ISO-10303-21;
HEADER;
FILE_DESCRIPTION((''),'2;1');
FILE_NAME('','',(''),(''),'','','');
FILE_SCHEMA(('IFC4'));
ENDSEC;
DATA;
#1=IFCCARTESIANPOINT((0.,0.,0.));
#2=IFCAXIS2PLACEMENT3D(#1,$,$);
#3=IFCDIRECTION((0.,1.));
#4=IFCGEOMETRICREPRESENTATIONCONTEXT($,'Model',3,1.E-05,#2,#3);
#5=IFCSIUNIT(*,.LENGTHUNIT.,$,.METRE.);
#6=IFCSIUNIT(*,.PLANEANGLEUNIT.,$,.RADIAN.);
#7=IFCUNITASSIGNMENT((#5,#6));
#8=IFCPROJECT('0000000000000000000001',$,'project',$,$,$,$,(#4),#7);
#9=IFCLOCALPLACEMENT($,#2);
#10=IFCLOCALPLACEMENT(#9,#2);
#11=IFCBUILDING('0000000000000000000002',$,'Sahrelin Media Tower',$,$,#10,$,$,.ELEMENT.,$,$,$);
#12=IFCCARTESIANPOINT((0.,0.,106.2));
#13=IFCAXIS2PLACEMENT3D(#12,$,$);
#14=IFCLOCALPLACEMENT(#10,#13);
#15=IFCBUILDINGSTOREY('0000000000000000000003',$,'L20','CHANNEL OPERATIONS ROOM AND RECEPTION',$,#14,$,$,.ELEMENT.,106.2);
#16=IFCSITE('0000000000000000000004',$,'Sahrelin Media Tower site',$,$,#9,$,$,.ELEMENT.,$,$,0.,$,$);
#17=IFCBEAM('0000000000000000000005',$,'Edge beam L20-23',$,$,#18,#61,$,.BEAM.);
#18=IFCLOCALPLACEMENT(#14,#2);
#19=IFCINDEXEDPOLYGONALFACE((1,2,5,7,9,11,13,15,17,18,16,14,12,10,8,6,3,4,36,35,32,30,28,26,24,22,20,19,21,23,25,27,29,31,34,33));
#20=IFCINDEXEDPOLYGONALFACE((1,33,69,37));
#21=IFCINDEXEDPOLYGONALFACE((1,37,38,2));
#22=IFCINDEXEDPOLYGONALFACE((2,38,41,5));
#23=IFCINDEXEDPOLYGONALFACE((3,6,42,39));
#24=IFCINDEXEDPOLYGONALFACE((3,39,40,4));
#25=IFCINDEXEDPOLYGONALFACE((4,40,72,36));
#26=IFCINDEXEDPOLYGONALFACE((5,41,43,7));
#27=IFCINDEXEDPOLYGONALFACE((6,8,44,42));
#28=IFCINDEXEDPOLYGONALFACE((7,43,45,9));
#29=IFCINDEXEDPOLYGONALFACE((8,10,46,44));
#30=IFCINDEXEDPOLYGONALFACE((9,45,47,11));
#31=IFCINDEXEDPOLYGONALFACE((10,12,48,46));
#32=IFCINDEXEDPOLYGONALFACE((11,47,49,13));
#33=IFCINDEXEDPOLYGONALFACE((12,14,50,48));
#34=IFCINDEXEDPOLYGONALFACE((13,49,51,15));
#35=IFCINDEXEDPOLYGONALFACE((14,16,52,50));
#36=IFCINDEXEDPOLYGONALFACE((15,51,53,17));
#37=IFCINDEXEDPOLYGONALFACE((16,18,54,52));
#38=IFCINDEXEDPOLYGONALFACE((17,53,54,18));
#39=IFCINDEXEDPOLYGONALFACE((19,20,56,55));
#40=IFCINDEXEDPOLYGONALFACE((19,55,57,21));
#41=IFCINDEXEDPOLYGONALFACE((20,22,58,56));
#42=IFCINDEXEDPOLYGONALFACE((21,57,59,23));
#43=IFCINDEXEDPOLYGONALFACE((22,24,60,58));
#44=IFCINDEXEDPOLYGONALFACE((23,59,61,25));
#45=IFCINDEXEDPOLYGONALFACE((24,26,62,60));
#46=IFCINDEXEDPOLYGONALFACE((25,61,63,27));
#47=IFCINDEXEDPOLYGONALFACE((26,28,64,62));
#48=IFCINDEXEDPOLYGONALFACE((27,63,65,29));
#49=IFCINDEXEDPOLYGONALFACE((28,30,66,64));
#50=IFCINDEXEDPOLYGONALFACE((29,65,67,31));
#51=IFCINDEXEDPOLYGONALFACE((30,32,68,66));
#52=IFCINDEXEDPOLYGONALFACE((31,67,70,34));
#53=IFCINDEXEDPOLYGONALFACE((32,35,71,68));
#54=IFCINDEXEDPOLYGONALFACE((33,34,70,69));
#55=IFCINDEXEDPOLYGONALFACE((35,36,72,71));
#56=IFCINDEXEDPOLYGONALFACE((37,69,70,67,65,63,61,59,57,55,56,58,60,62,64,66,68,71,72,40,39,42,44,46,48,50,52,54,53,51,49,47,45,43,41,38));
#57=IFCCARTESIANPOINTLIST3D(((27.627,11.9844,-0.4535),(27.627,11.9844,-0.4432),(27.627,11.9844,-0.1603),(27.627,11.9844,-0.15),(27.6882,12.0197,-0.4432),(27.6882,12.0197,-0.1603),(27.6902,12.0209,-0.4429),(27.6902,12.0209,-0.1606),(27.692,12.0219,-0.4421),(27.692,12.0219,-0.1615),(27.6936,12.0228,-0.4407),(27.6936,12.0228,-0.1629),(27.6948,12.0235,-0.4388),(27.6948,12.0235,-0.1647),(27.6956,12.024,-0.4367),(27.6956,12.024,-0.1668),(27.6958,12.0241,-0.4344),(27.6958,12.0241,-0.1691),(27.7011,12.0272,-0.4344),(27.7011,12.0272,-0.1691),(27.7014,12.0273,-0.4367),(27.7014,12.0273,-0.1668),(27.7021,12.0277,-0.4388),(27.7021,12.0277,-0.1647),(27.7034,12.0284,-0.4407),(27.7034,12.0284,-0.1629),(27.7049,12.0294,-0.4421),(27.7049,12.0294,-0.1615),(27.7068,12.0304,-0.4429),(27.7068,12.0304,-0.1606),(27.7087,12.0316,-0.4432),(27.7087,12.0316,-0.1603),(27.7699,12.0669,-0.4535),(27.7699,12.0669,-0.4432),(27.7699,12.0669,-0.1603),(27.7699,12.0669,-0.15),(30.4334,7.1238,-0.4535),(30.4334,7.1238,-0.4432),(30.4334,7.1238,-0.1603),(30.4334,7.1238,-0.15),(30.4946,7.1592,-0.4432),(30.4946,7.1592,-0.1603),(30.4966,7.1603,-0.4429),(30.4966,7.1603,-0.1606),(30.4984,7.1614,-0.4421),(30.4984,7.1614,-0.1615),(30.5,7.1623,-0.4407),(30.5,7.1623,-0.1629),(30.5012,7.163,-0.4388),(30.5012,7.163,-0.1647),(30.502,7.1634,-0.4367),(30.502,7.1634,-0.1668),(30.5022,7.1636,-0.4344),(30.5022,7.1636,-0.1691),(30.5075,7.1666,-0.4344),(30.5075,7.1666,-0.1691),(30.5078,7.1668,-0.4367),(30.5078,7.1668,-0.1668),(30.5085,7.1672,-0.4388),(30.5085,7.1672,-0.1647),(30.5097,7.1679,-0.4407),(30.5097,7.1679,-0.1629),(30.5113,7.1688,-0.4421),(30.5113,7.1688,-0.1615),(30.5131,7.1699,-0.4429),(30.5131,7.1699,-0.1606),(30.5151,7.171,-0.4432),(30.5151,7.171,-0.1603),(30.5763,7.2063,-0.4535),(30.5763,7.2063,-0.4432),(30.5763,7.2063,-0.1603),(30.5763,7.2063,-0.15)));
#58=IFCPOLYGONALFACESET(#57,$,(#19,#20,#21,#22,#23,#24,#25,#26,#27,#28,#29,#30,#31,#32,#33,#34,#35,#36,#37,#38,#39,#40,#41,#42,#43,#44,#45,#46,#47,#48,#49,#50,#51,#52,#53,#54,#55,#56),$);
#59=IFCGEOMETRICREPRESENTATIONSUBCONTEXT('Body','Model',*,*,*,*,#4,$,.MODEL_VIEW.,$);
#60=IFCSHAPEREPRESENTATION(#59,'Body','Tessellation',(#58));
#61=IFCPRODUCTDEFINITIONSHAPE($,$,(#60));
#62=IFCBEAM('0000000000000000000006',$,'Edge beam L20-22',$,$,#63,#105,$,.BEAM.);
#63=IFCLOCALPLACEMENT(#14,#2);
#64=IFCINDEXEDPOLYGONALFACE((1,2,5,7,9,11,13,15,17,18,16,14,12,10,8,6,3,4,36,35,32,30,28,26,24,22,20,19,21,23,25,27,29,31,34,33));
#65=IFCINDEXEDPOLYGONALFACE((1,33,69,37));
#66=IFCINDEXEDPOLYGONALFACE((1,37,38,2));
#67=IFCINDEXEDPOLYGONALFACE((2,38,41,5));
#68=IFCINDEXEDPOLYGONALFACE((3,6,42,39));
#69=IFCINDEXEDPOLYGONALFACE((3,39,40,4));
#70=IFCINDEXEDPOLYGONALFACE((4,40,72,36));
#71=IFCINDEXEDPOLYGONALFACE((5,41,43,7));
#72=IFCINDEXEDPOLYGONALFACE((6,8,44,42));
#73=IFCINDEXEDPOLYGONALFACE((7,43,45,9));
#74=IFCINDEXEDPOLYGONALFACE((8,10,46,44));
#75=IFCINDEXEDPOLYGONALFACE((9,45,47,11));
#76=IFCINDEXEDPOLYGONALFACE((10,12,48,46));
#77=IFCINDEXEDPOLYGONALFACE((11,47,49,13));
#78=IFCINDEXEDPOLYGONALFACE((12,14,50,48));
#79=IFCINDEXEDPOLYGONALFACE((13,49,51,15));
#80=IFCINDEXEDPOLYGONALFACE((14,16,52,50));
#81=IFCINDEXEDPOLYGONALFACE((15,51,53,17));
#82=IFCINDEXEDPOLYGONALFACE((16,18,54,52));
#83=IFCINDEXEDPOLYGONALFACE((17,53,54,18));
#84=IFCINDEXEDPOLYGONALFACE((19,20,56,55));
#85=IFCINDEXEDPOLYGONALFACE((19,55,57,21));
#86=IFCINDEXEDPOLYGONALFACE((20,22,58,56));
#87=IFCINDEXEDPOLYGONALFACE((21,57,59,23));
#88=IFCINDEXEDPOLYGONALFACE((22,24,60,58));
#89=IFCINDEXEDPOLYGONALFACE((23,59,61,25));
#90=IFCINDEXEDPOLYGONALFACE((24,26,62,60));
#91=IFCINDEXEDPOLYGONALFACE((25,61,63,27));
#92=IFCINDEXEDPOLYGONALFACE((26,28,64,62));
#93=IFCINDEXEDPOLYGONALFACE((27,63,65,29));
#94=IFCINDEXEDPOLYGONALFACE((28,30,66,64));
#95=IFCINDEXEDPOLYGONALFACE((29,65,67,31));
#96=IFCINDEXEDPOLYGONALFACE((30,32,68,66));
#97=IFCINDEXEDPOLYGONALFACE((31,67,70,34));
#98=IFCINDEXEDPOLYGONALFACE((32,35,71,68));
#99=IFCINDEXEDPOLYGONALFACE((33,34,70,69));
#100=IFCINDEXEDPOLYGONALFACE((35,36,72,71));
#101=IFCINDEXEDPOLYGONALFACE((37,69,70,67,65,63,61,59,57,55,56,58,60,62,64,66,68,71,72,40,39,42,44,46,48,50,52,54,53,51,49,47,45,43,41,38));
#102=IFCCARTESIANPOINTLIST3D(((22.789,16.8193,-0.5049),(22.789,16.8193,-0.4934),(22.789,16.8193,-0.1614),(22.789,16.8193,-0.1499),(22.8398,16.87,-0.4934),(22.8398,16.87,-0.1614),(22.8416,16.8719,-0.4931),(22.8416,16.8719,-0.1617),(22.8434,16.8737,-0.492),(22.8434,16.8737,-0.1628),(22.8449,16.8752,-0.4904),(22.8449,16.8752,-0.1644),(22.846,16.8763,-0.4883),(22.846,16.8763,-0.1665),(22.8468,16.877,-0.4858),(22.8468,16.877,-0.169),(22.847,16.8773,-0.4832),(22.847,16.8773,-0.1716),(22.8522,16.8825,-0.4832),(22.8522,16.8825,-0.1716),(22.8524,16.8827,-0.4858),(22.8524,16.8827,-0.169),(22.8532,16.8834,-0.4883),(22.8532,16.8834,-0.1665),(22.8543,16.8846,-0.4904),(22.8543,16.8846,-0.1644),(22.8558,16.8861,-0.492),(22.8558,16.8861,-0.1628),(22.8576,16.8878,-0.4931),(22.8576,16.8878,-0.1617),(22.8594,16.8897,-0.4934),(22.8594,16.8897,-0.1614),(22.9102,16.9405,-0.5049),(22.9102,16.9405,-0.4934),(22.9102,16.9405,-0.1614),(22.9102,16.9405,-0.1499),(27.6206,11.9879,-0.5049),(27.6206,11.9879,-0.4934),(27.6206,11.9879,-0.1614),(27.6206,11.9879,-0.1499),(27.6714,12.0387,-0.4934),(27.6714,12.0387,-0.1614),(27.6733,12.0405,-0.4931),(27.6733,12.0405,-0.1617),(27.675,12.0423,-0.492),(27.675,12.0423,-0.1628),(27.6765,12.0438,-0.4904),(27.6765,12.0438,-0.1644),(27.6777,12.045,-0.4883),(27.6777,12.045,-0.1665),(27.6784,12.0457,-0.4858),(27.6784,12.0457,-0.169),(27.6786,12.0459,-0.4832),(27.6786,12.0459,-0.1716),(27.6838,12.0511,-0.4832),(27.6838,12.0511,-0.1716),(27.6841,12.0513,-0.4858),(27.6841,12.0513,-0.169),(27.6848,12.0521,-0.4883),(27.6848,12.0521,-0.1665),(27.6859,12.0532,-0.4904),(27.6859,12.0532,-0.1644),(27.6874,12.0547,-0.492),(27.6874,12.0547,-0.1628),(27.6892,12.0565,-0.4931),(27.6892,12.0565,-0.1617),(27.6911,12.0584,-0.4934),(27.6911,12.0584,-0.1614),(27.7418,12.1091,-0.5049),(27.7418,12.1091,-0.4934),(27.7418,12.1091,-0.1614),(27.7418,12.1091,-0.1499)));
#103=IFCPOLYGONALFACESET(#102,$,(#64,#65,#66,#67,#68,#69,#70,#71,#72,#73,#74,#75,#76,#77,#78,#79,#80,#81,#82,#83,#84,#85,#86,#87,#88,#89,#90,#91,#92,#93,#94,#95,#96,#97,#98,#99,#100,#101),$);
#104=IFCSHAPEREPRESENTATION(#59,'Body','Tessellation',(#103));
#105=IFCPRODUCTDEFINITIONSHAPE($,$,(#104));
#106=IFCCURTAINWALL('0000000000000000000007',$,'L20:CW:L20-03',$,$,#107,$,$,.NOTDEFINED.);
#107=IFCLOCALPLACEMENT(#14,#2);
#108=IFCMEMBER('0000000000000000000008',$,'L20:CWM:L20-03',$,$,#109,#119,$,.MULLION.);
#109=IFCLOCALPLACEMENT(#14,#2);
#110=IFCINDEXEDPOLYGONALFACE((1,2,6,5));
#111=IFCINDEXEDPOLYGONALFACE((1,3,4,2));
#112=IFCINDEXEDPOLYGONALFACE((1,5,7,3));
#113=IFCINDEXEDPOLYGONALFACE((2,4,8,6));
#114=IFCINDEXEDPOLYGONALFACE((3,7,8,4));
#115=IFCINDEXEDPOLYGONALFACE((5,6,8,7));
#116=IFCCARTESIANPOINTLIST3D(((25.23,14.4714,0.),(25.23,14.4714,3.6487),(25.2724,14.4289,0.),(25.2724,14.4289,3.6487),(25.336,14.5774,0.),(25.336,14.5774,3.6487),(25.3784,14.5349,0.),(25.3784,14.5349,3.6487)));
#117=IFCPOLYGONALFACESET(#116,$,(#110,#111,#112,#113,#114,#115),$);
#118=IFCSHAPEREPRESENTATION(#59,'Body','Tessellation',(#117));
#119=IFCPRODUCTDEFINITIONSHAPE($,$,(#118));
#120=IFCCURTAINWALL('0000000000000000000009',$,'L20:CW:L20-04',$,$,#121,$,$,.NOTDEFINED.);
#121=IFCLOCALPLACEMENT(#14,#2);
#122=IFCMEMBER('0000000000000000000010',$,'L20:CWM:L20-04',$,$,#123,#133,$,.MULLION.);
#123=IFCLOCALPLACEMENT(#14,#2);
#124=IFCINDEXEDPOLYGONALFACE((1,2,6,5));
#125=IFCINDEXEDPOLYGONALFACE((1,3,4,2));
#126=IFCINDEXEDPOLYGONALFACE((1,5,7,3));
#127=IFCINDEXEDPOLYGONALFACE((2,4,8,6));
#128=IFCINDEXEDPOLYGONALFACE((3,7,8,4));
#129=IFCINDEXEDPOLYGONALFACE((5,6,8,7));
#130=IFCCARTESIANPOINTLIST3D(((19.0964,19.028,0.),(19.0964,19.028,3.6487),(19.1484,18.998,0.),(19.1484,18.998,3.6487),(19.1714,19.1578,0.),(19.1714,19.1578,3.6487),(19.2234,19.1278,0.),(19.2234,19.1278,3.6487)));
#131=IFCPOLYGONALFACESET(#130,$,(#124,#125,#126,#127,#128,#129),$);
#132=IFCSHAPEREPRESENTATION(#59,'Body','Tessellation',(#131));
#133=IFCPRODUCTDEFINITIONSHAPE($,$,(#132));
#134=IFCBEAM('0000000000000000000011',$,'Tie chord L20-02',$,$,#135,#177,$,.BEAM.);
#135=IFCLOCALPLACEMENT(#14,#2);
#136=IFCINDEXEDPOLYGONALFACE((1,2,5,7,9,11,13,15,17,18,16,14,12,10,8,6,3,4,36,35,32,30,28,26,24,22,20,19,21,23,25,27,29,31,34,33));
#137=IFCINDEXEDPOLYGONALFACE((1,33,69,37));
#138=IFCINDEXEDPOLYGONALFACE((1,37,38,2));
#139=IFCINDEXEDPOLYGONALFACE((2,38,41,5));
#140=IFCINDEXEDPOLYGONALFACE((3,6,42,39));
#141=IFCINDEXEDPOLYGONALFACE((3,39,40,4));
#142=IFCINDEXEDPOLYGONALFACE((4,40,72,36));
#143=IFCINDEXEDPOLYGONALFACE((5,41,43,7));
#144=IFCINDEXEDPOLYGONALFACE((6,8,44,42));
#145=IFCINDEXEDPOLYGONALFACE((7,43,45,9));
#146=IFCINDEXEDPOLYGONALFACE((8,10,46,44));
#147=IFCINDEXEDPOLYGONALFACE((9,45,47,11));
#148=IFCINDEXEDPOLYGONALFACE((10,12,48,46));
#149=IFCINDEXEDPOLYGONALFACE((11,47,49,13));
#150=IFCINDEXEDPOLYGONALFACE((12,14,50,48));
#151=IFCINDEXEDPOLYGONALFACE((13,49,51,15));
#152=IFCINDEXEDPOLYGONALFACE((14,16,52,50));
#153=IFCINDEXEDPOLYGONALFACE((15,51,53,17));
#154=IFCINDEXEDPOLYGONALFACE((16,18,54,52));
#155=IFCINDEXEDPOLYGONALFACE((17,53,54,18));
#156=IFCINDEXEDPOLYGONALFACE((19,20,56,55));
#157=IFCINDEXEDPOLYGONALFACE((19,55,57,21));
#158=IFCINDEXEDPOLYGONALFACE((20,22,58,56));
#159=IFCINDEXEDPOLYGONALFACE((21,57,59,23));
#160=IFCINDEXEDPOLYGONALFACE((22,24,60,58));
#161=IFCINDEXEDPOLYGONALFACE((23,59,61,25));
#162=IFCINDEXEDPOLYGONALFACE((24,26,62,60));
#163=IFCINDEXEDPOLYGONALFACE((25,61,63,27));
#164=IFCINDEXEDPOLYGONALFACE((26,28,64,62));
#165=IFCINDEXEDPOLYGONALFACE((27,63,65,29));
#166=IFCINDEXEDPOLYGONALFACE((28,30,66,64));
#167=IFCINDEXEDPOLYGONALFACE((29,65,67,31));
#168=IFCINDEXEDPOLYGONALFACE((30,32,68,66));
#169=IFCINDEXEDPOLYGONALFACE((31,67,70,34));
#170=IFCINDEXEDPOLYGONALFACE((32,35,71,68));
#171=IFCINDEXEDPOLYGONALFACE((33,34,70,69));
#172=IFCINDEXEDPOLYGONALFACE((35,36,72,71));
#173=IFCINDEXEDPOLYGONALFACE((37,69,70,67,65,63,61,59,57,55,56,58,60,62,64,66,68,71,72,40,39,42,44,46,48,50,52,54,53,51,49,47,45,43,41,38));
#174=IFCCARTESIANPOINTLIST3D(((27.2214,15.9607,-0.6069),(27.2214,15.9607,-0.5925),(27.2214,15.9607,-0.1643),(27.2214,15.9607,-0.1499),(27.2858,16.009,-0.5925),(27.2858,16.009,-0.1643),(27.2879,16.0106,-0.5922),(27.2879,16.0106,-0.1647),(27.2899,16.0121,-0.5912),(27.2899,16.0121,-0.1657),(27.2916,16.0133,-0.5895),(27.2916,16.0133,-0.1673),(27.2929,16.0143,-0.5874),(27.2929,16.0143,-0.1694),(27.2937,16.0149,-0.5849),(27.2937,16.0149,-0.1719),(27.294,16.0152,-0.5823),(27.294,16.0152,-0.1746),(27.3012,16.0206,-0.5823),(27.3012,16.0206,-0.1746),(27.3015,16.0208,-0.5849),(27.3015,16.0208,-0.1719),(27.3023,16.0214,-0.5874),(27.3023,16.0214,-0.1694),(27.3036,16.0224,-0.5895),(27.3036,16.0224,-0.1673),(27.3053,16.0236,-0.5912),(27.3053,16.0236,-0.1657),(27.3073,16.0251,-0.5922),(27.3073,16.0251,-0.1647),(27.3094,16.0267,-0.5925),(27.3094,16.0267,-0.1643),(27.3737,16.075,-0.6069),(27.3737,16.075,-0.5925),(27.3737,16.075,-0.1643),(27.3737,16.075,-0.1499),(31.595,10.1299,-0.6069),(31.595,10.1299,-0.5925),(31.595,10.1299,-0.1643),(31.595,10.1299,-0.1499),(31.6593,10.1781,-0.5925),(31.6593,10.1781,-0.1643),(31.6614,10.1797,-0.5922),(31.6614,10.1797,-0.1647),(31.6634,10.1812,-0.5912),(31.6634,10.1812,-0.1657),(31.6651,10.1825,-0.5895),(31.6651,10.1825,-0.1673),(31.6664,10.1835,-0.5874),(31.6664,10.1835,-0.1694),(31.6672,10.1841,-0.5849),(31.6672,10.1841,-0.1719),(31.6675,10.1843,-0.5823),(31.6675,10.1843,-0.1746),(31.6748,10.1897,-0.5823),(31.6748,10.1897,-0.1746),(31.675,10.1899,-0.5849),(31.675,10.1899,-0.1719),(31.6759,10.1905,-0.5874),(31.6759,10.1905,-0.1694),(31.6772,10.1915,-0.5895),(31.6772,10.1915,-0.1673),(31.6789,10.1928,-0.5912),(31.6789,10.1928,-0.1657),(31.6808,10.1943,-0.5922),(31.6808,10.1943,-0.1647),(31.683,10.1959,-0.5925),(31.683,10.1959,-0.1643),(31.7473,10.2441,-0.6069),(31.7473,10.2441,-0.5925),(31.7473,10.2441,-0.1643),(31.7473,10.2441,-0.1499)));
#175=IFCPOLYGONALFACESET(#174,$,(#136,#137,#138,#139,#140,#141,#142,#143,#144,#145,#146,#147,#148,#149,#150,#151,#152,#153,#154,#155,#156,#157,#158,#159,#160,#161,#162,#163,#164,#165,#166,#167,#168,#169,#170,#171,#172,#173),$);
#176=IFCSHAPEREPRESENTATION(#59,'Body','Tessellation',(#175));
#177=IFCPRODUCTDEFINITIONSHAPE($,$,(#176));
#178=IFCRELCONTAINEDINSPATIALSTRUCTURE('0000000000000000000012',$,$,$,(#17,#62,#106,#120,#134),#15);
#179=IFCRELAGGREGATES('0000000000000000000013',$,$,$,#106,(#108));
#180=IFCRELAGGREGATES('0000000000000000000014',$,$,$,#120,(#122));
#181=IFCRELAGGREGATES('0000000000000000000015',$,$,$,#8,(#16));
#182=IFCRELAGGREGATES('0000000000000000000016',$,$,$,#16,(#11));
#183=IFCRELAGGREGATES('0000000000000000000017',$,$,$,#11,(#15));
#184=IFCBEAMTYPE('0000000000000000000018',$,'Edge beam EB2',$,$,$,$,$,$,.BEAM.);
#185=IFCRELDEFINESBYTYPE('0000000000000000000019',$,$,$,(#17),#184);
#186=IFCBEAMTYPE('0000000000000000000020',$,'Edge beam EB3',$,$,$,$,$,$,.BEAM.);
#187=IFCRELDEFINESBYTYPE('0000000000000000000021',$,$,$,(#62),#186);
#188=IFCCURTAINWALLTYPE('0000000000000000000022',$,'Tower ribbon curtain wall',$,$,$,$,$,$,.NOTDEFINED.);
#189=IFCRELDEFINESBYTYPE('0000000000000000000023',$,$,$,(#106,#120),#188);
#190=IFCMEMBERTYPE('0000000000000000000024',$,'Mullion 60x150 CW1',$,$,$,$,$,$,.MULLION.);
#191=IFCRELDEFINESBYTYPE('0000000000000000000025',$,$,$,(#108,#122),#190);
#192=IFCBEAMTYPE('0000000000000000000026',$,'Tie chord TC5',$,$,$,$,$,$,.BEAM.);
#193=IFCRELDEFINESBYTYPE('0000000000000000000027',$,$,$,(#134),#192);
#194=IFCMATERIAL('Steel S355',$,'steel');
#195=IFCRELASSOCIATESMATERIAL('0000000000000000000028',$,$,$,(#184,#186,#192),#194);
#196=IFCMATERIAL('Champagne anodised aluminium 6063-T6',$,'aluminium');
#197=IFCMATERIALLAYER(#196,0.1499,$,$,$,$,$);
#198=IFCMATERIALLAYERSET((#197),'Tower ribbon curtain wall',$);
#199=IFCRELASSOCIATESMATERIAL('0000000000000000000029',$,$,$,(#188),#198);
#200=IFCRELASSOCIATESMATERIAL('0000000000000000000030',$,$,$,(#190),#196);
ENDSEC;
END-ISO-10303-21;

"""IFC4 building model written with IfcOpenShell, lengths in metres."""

from ifc_helpers import new_model, si_unit, direction, frame, origin, origin_2d, place, context, subcontext, project, spatial, rectangle, i_section, extrude, material, layer, layer_set, material_profile, profile_set, type_object, element, aggregate, save


model = new_model("IFC4")

# Units and contexts
model_context = context("Model", 3, precision=1e-05, world=origin(), true_north=direction((0.0, 1.0)))
body_context = subcontext(model_context, "Body", "Model", "MODEL_VIEW")
ifc_project = project(units=[si_unit("LENGTHUNIT", "METRE"), si_unit("PLANEANGLEUNIT", "RADIAN")], contexts=[model_context])

# Site, building, storey
site_placement = place(None, origin())
site = spatial("IfcSite", under=ifc_project, at=site_placement, Name="Sahrelin Media Tower site", CompositionType="ELEMENT", RefElevation=0.0)
building_placement = place(site_placement, origin())
building = spatial("IfcBuilding", under=site, at=building_placement, Name="Sahrelin Media Tower", CompositionType="ELEMENT")
storey_placement = place(building_placement, frame((0.0, 0.0, 106.2)))
storey = spatial("IfcBuildingStorey", under=building, at=storey_placement, Name="L20", Description="CHANNEL OPERATIONS ROOM AND RECEPTION", CompositionType="ELEMENT", Elevation=106.2)

# Beams
ifc_material_1 = material(Name="Steel S355", Category="steel")
ifc_material_profile_1 = material_profile(ifc_material_1, i_section(OverallWidth=0.165, OverallDepth=0.3035, WebThickness=0.0061, FlangeThickness=0.0103, FilletRadius=0.0088, at=origin_2d()), Name="UB 305x165x40")
ifc_profile_set_1 = profile_set([ifc_material_profile_1], Name="Steel S355")
beam_type_1 = type_object("IfcBeamType", Name="Edge beam EB2", PredefinedType="BEAM", material=ifc_profile_set_1)
beam_1_placement = place(storey_placement, frame((27.6985, 12.0256, -0.3018), z_axis=(0.500017, -0.866015, 0.0), x_axis=(0.866015, 0.500017, 0.0)))
element("IfcBeam", 1, at=beam_1_placement, inside=storey, type_object=beam_type_1, Name="Edge beam L20-23", PredefinedType="BEAM", context=body_context, shape_type="SweptSolid", body=[
    extrude(i_section(OverallWidth=0.165, OverallDepth=0.3035, WebThickness=0.0061, FlangeThickness=0.0103, FilletRadius=0.0088, at=origin_2d()), origin(), (0.0, 0.0, 1.0), 5.6125),
])
ifc_material_profile_2 = material_profile(ifc_material_1, i_section(OverallWidth=0.1714, OverallDepth=0.355, WebThickness=0.0073, FlangeThickness=0.0115, FilletRadius=0.0103, at=origin_2d()), Name="UB 356x171x51")
ifc_profile_set_2 = profile_set([ifc_material_profile_2], Name="Steel S355")
beam_type_2 = type_object("IfcBeamType", Name="Edge beam EB3", PredefinedType="BEAM", material=ifc_profile_set_2)
beam_2_placement = place(storey_placement, frame((22.8496, 16.8799, -0.3274), z_axis=(0.707125, -0.707089, 0.0), x_axis=(0.707089, 0.707125, 0.0)))
element("IfcBeam", 2, at=beam_2_placement, inside=storey, type_object=beam_type_2, Name="Edge beam L20-22", PredefinedType="BEAM", context=body_context, shape_type="SweptSolid", body=[
    extrude(i_section(OverallWidth=0.1714, OverallDepth=0.355, WebThickness=0.0073, FlangeThickness=0.0115, FilletRadius=0.0103, at=origin_2d()), origin(), (0.0, 0.0, 1.0), 6.8328),
])

# Curtain walls, members
ifc_material_2 = material(Name="Champagne anodised aluminium 6063-T6", Category="aluminium")
ifc_layer_1 = layer(ifc_material_2, 0.1499)
ifc_layer_set_1 = layer_set([ifc_layer_1], Name="Tower ribbon curtain wall")
curtain_wall_type = type_object("IfcCurtainWallType", Name="Tower ribbon curtain wall", PredefinedType="NOTDEFINED", material=ifc_layer_set_1)
curtain_wall_1_placement = place(storey_placement, frame((25.3713, 14.5703, 0.0), z_axis=(0.0, 0.0, 1.0), x_axis=(1.0, 0.0, 0.0)))
curtain_wall_1 = element("IfcCurtainWall", 3, at=curtain_wall_1_placement, inside=storey, type_object=curtain_wall_type, Name="L20:CW:L20-03", PredefinedType="NOTDEFINED")
ifc_material_profile_3 = material_profile(ifc_material_2, rectangle(XDim=0.0601, YDim=0.1499, at=origin_2d()), Name="Mullion 60x150")
ifc_profile_set_3 = profile_set([ifc_material_profile_3], Name="Champagne anodised aluminium 6063-T6")
member_type_1 = type_object("IfcMemberType", Name="Mullion 60x150 CW1", PredefinedType="MULLION", material=ifc_profile_set_3)
member_1_placement = place(storey_placement, frame((25.3042, 14.5032, 0.0), z_axis=(0.0, 0.0, 1.0), x_axis=(-0.707107, 0.707107, 0.0)))
member_1 = element("IfcMember", 4, at=member_1_placement, type_object=member_type_1, Name="L20:CWM:L20-03", PredefinedType="MULLION", context=body_context, shape_type="SweptSolid", body=[
    extrude(rectangle(XDim=0.0601, YDim=0.1499, at=origin_2d()), origin(), (0.0, 0.0, 1.0), 3.6487),
])
curtain_wall_2_placement = place(storey_placement, frame((19.2075, 19.1604, 0.0), z_axis=(0.0, 0.0, 1.0), x_axis=(1.0, 0.0, 0.0)))
curtain_wall_2 = element("IfcCurtainWall", 5, at=curtain_wall_2_placement, inside=storey, type_object=curtain_wall_type, Name="L20:CW:L20-04", PredefinedType="NOTDEFINED")
member_2_placement = place(storey_placement, frame((19.1599, 19.0779, 0.0), z_axis=(0.0, 0.0, 1.0), x_axis=(-0.866025, 0.500002, 0.0)))
member_2 = element("IfcMember", 6, at=member_2_placement, type_object=member_type_1, Name="L20:CWM:L20-04", PredefinedType="MULLION", context=body_context, shape_type="SweptSolid", body=[
    extrude(rectangle(XDim=0.0601, YDim=0.1499, at=origin_2d()), origin(), (0.0, 0.0, 1.0), 3.6487),
])

# Beam
ifc_material_profile_4 = material_profile(ifc_material_1, i_section(OverallWidth=0.1904, OverallDepth=0.457, WebThickness=0.009, FlangeThickness=0.0144, FilletRadius=0.0103, at=origin_2d()), Name="UB 457x191x74")
ifc_profile_set_4 = profile_set([ifc_material_profile_4], Name="Steel S355")
beam_type_3 = type_object("IfcBeamType", Name="Tie chord TC5", PredefinedType="BEAM", material=ifc_profile_set_4)
beam_3_placement = place(storey_placement, frame((31.6711, 10.187, -0.3784), z_axis=(-0.600038, 0.799972, 0.0), x_axis=(-0.799972, -0.600038, 0.0)))
element("IfcBeam", 7, at=beam_3_placement, inside=storey, type_object=beam_type_3, Name="Tie chord L20-02", PredefinedType="BEAM", context=body_context, shape_type="SweptSolid", body=[
    extrude(i_section(OverallWidth=0.1904, OverallDepth=0.457, WebThickness=0.009, FlangeThickness=0.0144, FilletRadius=0.0103, at=origin_2d()), origin(), (0.0, 0.0, 1.0), 7.2888),
])

aggregate(curtain_wall_1, [member_1])
aggregate(curtain_wall_2, [member_2])

save(model, "model.ifc")
